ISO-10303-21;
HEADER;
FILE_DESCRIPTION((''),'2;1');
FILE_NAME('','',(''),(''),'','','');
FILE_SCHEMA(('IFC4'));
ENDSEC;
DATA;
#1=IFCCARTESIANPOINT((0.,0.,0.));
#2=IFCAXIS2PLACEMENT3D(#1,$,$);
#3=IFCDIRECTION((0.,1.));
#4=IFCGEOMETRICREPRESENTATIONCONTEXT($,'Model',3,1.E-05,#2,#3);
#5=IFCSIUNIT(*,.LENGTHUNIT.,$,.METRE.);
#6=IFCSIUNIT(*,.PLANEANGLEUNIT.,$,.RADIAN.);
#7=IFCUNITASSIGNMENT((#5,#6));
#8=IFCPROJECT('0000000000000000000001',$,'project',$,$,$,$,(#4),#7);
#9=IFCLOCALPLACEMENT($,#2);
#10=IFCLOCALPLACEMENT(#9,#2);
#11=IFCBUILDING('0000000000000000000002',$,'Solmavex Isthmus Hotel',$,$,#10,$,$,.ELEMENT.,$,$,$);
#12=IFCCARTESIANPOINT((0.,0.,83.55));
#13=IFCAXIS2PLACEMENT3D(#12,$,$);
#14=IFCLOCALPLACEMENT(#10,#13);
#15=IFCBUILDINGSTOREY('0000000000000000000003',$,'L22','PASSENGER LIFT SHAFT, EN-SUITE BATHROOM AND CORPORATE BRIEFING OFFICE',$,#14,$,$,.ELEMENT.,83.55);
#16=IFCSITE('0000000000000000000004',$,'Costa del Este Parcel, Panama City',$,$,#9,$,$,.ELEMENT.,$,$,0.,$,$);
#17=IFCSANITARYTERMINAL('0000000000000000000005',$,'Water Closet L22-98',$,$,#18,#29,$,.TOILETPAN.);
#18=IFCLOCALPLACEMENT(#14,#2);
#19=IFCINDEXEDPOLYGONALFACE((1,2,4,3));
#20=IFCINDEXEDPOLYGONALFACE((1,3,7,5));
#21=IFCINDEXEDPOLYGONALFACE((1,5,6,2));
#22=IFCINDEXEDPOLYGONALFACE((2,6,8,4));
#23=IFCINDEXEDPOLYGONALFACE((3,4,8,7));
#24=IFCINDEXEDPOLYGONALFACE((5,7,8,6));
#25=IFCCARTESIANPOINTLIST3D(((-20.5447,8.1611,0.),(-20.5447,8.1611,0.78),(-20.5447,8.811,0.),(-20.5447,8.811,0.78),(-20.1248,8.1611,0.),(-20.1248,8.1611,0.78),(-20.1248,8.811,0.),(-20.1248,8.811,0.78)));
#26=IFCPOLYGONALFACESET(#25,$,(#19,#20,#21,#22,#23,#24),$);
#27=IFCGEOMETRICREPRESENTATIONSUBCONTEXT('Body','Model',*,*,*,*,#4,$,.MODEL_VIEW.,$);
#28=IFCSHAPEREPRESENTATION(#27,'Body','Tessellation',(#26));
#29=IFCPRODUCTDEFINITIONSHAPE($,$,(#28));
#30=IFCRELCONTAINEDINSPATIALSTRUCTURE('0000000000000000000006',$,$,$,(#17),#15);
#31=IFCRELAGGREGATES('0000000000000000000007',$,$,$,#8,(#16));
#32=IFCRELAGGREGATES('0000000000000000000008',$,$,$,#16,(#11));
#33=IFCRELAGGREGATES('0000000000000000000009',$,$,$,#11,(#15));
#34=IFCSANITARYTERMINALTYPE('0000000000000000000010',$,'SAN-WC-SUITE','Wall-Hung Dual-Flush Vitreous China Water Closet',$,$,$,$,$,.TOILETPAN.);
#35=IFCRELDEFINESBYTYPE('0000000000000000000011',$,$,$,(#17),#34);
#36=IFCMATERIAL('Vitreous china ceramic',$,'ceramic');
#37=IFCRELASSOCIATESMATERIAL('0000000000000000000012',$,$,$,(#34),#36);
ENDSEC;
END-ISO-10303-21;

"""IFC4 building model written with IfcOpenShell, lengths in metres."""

from ifc_helpers import new_model, si_unit, direction, frame, origin, origin_2d, place, context, subcontext, project, spatial, rectangle, extrude, material, type_object, element, save


model = new_model("IFC4")

# Units and contexts
model_context = context("Model", 3, precision=1e-05, world=origin(), true_north=direction((0.0, 1.0)))
body_context = subcontext(model_context, "Body", "Model", "MODEL_VIEW")
ifc_project = project(units=[si_unit("LENGTHUNIT", "METRE"), si_unit("PLANEANGLEUNIT", "RADIAN")], contexts=[model_context])

# Site, building, storey
site_placement = place(None, origin())
site = spatial("IfcSite", under=ifc_project, at=site_placement, Name="Costa del Este Parcel, Panama City", CompositionType="ELEMENT", RefElevation=0.0)
building_placement = place(site_placement, origin())
building = spatial("IfcBuilding", under=site, at=building_placement, Name="Solmavex Isthmus Hotel", CompositionType="ELEMENT")
storey_placement = place(building_placement, frame((0.0, 0.0, 83.55)))
storey = spatial("IfcBuildingStorey", under=building, at=storey_placement, Name="L22", Description="PASSENGER LIFT SHAFT, EN-SUITE BATHROOM AND CORPORATE BRIEFING OFFICE", CompositionType="ELEMENT", Elevation=83.55)

# Sanitary terminal
ifc_material_1 = material(Name="Vitreous china ceramic", Category="ceramic")
sanitary_terminal_type_1 = type_object("IfcSanitaryTerminalType", Name="SAN-WC-SUITE", Description="Wall-Hung Dual-Flush Vitreous China Water Closet", PredefinedType="TOILETPAN", material=ifc_material_1)
sanitary_terminal_1_placement = place(storey_placement, frame((-20.3347, 8.4861, 0.0), z_axis=(0.0, 0.0, 1.0), x_axis=(1.0, 0.0, 0.0)))
element("IfcSanitaryTerminal", 1, at=sanitary_terminal_1_placement, inside=storey, type_object=sanitary_terminal_type_1, Name="Water Closet L22-98", PredefinedType="TOILETPAN", context=body_context, shape_type="SweptSolid", body=[
    extrude(rectangle(XDim=0.4199, YDim=0.6499, at=origin_2d()), origin(), (0.0, 0.0, 1.0), 0.78),
])

save(model, "model.ifc")
